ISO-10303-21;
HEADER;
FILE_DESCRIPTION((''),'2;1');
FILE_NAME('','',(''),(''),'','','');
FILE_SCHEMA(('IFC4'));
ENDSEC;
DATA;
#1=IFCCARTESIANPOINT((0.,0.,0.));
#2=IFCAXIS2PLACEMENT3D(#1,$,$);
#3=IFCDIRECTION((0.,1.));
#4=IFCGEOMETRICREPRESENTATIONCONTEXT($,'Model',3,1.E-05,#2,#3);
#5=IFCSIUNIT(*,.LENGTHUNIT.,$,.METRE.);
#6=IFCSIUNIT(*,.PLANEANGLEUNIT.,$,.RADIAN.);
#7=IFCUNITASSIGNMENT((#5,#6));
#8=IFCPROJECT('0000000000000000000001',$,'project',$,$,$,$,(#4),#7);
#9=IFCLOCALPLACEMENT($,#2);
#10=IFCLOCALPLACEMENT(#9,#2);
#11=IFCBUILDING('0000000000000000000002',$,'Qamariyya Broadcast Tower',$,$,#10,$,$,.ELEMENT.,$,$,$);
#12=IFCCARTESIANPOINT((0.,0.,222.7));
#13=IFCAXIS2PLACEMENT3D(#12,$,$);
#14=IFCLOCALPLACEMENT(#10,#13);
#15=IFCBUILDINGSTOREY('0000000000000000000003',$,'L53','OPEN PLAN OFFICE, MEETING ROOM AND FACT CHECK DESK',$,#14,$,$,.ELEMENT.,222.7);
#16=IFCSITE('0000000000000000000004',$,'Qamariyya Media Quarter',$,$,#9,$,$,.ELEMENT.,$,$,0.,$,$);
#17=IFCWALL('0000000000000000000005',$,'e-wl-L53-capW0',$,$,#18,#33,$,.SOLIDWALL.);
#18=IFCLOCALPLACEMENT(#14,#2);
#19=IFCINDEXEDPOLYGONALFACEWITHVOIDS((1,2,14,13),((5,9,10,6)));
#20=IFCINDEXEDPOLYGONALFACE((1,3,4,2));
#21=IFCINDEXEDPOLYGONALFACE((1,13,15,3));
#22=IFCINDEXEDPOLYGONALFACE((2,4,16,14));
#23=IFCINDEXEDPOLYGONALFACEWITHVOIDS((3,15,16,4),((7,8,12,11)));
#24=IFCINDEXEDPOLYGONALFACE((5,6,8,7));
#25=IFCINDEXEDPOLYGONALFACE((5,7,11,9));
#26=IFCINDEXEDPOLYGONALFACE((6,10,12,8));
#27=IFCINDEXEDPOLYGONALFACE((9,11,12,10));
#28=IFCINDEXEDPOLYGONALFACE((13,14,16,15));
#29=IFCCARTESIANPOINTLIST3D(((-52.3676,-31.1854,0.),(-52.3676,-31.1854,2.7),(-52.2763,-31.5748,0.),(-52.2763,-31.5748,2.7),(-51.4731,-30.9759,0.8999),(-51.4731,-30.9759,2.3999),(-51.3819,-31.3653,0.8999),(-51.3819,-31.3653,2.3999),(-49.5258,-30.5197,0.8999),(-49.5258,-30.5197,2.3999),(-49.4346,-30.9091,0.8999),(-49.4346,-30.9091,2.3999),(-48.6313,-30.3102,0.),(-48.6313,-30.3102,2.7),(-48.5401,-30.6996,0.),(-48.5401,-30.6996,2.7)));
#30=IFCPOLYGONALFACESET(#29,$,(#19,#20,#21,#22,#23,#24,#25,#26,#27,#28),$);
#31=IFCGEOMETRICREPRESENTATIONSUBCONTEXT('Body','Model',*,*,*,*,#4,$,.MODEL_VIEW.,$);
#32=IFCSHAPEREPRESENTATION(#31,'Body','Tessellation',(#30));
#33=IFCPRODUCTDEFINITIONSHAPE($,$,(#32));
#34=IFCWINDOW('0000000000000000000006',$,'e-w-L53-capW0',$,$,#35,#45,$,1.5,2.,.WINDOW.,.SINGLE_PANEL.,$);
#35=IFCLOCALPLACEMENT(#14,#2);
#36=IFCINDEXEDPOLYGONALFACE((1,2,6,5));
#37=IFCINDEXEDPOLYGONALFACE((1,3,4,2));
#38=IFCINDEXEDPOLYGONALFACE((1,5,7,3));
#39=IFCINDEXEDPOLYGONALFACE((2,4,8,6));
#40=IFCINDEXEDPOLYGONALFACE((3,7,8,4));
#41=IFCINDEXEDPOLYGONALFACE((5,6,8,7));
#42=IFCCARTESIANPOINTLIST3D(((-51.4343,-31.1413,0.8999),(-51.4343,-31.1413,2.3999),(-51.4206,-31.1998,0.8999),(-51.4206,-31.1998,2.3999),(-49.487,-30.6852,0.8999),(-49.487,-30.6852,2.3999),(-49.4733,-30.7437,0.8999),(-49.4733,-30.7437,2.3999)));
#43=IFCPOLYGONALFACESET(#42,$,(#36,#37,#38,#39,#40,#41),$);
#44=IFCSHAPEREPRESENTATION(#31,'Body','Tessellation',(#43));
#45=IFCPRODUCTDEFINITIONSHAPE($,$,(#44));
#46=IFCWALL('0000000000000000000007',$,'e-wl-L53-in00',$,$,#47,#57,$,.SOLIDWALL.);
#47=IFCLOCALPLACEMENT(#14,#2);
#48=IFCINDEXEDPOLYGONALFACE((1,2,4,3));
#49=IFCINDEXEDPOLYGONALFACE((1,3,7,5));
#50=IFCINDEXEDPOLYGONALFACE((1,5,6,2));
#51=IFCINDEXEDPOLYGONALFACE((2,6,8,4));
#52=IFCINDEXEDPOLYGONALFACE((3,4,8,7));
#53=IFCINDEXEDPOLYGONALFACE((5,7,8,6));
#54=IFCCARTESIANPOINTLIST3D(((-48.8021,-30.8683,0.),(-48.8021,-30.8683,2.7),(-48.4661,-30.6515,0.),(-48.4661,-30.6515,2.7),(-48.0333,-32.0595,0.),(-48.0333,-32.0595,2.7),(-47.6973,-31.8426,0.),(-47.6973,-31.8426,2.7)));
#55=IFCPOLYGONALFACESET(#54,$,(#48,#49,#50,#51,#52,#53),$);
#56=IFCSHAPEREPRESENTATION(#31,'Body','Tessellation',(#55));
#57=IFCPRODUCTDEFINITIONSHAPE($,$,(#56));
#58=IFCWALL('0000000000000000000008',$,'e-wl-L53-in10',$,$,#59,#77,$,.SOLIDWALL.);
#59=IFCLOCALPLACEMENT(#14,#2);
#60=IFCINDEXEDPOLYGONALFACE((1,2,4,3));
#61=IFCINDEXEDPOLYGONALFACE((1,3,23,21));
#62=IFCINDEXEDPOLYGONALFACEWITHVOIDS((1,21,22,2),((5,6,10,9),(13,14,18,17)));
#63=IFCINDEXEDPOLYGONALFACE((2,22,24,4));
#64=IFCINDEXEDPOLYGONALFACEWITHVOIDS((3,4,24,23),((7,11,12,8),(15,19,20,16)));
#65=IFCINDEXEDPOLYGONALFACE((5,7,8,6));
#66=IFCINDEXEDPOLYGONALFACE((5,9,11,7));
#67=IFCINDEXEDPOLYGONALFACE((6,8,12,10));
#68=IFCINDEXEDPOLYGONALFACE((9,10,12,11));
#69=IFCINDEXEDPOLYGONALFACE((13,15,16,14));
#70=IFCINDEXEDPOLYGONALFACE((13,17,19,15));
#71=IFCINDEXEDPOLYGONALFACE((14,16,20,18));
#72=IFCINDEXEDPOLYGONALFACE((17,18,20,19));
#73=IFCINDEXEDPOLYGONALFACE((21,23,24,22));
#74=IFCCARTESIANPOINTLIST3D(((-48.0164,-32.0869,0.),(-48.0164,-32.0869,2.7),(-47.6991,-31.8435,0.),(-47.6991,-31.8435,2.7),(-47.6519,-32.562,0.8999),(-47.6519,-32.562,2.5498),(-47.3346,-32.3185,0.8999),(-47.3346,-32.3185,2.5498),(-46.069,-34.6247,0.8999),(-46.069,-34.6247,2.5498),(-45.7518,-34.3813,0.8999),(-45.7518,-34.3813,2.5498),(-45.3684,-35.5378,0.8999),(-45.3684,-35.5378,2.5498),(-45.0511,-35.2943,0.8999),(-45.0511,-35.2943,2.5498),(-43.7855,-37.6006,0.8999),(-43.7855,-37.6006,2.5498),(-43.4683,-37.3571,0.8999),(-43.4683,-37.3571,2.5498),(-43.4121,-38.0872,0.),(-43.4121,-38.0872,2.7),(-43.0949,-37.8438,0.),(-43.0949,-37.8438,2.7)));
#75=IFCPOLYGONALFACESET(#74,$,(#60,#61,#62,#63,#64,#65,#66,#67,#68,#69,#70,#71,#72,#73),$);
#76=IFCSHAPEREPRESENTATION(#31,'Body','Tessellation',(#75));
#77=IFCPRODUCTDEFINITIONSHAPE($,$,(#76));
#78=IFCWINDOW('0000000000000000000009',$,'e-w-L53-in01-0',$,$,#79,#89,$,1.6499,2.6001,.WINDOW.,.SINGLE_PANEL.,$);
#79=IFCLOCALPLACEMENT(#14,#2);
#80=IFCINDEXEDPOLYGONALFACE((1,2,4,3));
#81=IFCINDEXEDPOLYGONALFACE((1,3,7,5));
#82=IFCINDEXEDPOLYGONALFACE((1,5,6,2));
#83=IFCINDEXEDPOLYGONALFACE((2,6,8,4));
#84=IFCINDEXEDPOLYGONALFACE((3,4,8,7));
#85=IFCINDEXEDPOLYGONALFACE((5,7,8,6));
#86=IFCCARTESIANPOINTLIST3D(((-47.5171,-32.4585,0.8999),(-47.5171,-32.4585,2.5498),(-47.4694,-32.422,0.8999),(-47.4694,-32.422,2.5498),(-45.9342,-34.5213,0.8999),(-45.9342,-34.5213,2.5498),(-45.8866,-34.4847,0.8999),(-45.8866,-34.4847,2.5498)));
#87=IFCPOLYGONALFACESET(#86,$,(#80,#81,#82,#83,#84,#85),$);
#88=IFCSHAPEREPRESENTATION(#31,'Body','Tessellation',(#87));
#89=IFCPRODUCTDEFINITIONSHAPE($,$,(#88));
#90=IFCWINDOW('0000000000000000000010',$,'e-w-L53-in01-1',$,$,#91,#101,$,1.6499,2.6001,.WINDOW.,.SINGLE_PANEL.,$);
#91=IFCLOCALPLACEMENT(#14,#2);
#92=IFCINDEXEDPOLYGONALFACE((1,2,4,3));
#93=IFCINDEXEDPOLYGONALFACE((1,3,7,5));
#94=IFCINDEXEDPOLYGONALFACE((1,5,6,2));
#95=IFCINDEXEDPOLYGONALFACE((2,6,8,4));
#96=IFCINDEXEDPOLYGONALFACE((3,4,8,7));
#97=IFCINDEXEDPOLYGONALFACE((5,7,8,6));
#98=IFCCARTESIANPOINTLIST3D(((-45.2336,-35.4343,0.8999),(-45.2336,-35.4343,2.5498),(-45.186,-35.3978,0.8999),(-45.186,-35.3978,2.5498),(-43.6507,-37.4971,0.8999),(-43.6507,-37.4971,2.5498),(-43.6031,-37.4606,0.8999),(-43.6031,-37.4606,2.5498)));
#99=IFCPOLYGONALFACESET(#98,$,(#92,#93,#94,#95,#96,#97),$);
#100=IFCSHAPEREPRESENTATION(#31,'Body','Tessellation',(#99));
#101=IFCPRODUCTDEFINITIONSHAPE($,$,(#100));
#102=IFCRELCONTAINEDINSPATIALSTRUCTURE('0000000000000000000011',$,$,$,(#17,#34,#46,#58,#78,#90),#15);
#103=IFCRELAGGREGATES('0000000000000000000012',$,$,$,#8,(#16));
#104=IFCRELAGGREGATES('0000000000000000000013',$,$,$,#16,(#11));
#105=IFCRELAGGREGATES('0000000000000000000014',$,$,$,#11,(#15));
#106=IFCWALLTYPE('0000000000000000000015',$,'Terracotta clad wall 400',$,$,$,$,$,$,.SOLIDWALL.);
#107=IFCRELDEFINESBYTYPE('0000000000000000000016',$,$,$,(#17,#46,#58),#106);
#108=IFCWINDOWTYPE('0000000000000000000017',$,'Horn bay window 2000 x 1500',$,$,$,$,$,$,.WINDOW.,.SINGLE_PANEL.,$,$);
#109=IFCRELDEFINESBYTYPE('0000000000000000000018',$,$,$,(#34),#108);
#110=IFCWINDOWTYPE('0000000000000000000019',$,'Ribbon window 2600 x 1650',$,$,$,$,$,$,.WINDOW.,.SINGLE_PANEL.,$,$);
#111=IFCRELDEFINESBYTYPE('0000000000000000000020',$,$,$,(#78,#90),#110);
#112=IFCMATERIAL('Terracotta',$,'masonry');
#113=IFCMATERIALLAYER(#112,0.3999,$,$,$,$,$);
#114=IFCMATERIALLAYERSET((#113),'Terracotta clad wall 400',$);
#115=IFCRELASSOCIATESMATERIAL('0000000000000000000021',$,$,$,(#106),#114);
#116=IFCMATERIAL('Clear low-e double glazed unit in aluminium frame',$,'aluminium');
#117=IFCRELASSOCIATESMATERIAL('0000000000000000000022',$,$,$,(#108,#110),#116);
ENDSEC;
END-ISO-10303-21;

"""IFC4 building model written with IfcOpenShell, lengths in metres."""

from ifc_helpers import new_model, si_unit, direction, frame, frame_2d, origin, place, context, subcontext, project, spatial, rectangle, extrude, material, layer, layer_set, type_object, element, fill, save


model = new_model("IFC4")

# Units and contexts
model_context = context("Model", 3, precision=1e-05, world=origin(), true_north=direction((0.0, 1.0)))
body_context = subcontext(model_context, "Body", "Model", "MODEL_VIEW")
ifc_project = project(units=[si_unit("LENGTHUNIT", "METRE"), si_unit("PLANEANGLEUNIT", "RADIAN")], contexts=[model_context])

# Site, building, storey
site_placement = place(None, origin())
site = spatial("IfcSite", under=ifc_project, at=site_placement, Name="Qamariyya Media Quarter", CompositionType="ELEMENT", RefElevation=0.0)
building_placement = place(site_placement, origin())
building = spatial("IfcBuilding", under=site, at=building_placement, Name="Qamariyya Broadcast Tower", CompositionType="ELEMENT")
storey_placement = place(building_placement, frame((0.0, 0.0, 222.7)))
storey = spatial("IfcBuildingStorey", under=building, at=storey_placement, Name="L53", Description="OPEN PLAN OFFICE, MEETING ROOM AND FACT CHECK DESK", CompositionType="ELEMENT", Elevation=222.7)

# Wall, opening, window
ifc_material_1 = material(Name="Terracotta", Category="masonry")
ifc_layer_1 = layer(ifc_material_1, 0.3999)
ifc_layer_set_1 = layer_set([ifc_layer_1], Name="Terracotta clad wall 400")
wall_type_1 = type_object("IfcWallType", Name="Terracotta clad wall 400", PredefinedType="SOLIDWALL", material=ifc_layer_set_1)
wall_1_placement = place(storey_placement, frame((-48.5857, -30.5049, 0.0), z_axis=(0.0, 0.0, 1.0), x_axis=(-0.973643, -0.228078, 0.0)))
wall_1 = element("IfcWall", 1, at=wall_1_placement, inside=storey, type_object=wall_type_1, Name="e-wl-L53-capW0", PredefinedType="SOLIDWALL", context=body_context, shape_type="SweptSolid", body=[
    extrude(rectangle(XDim=3.8374, YDim=0.3999, at=frame_2d((1.9187, 0.0))), origin(), (0.0, 0.0, 1.0), 2.7),
])
opening_1_placement = place(wall_1_placement, frame((0.9187, 0.0, 0.8999)))
opening_1 = element("IfcOpeningElement", 2, at=opening_1_placement, cuts=wall_1, PredefinedType="OPENING", context=body_context, shape_type="SweptSolid", body=[
    extrude(rectangle(XDim=2.0, YDim=1.5, at=frame_2d((1.0, 0.75))), frame((0.0, 0.21, 0.0), z_axis=(0.0, -1.0, 0.0), x_axis=(1.0, 0.0, 0.0)), (0.0, 0.0, 1.0), 0.4199),
])
ifc_material_2 = material(Name="Clear low-e double glazed unit in aluminium frame", Category="aluminium")
window_type_1 = type_object("IfcWindowType", Name="Horn bay window 2000 x 1500", PartitioningType="SINGLE_PANEL", PredefinedType="WINDOW", material=ifc_material_2)
window_1_placement = place(opening_1_placement, origin())
window_1 = element("IfcWindow", 3, at=window_1_placement, inside=storey, type_object=window_type_1, Name="e-w-L53-capW0", OverallHeight=1.5, OverallWidth=2.0, PartitioningType="SINGLE_PANEL", PredefinedType="WINDOW", context=body_context, shape_type="SweptSolid", body=[
    extrude(rectangle(XDim=2.0, YDim=1.5, at=frame_2d((1.0, 0.75))), frame((0.0, 0.03, 0.0), z_axis=(0.0, -1.0, 0.0), x_axis=(1.0, 0.0, 0.0)), (0.0, 0.0, 1.0), 0.0601),
])
fill(opening_1, window_1)

# Wall
wall_2_placement = place(storey_placement, frame((-47.8652, -31.9512, 0.0), z_axis=(0.0, 0.0, 1.0), x_axis=(-0.54228, 0.840198, 0.0)))
element("IfcWall", 4, at=wall_2_placement, inside=storey, type_object=wall_type_1, Name="e-wl-L53-in00", PredefinedType="SOLIDWALL", context=body_context, shape_type="SweptSolid", body=[
    extrude(rectangle(XDim=1.4177, YDim=0.3999, at=frame_2d((0.709, 0.0))), origin(), (0.0, 0.0, 1.0), 2.7),
])

# Wall, openings, windows
wall_3_placement = place(storey_placement, frame((-43.2534, -37.9656, 0.0), z_axis=(0.0, 0.0, 1.0), x_axis=(-0.60877, 0.793347, 0.0)))
wall_3 = element("IfcWall", 5, at=wall_3_placement, inside=storey, type_object=wall_type_1, Name="e-wl-L53-in10", PredefinedType="SOLIDWALL", context=body_context, shape_type="SweptSolid", body=[
    extrude(rectangle(XDim=7.5632, YDim=0.3999, at=frame_2d((3.7817, 0.0))), origin(), (0.0, 0.0, 1.0), 2.7),
])
opening_2_placement = place(wall_3_placement, frame((4.3645, 0.0, 0.8999)))
opening_2 = element("IfcOpeningElement", 6, at=opening_2_placement, cuts=wall_3, PredefinedType="OPENING", context=body_context, shape_type="SweptSolid", body=[
    extrude(rectangle(XDim=2.6001, YDim=1.6499, at=frame_2d((1.3, 0.825))), frame((0.0, 0.21, 0.0), z_axis=(0.0, -1.0, 0.0), x_axis=(1.0, 0.0, 0.0)), (0.0, 0.0, 1.0), 0.4199),
])
opening_3_placement = place(wall_3_placement, frame((0.6135, 0.0, 0.8999)))
opening_3 = element("IfcOpeningElement", 7, at=opening_3_placement, cuts=wall_3, PredefinedType="OPENING", context=body_context, shape_type="SweptSolid", body=[
    extrude(rectangle(XDim=2.6001, YDim=1.6499, at=frame_2d((1.3, 0.825))), frame((0.0, 0.21, 0.0), z_axis=(0.0, -1.0, 0.0), x_axis=(1.0, 0.0, 0.0)), (0.0, 0.0, 1.0), 0.4199),
])
window_type_2 = type_object("IfcWindowType", Name="Ribbon window 2600 x 1650", PartitioningType="SINGLE_PANEL", PredefinedType="WINDOW", material=ifc_material_2)
window_2_placement = place(opening_2_placement, origin())
window_2 = element("IfcWindow", 8, at=window_2_placement, inside=storey, type_object=window_type_2, Name="e-w-L53-in01-0", OverallHeight=1.6499, OverallWidth=2.6001, PartitioningType="SINGLE_PANEL", PredefinedType="WINDOW", context=body_context, shape_type="SweptSolid", body=[
    extrude(rectangle(XDim=2.6001, YDim=1.6499, at=frame_2d((1.3, 0.825))), frame((0.0, 0.03, 0.0), z_axis=(0.0, -1.0, 0.0), x_axis=(1.0, 0.0, 0.0)), (0.0, 0.0, 1.0), 0.0601),
])
fill(opening_2, window_2)
window_3_placement = place(opening_3_placement, origin())
window_3 = element("IfcWindow", 9, at=window_3_placement, inside=storey, type_object=window_type_2, Name="e-w-L53-in01-1", OverallHeight=1.6499, OverallWidth=2.6001, PartitioningType="SINGLE_PANEL", PredefinedType="WINDOW", context=body_context, shape_type="SweptSolid", body=[
    extrude(rectangle(XDim=2.6001, YDim=1.6499, at=frame_2d((1.3, 0.825))), frame((0.0, 0.03, 0.0), z_axis=(0.0, -1.0, 0.0), x_axis=(1.0, 0.0, 0.0)), (0.0, 0.0, 1.0), 0.0601),
])
fill(opening_3, window_3)

save(model, "model.ifc")
